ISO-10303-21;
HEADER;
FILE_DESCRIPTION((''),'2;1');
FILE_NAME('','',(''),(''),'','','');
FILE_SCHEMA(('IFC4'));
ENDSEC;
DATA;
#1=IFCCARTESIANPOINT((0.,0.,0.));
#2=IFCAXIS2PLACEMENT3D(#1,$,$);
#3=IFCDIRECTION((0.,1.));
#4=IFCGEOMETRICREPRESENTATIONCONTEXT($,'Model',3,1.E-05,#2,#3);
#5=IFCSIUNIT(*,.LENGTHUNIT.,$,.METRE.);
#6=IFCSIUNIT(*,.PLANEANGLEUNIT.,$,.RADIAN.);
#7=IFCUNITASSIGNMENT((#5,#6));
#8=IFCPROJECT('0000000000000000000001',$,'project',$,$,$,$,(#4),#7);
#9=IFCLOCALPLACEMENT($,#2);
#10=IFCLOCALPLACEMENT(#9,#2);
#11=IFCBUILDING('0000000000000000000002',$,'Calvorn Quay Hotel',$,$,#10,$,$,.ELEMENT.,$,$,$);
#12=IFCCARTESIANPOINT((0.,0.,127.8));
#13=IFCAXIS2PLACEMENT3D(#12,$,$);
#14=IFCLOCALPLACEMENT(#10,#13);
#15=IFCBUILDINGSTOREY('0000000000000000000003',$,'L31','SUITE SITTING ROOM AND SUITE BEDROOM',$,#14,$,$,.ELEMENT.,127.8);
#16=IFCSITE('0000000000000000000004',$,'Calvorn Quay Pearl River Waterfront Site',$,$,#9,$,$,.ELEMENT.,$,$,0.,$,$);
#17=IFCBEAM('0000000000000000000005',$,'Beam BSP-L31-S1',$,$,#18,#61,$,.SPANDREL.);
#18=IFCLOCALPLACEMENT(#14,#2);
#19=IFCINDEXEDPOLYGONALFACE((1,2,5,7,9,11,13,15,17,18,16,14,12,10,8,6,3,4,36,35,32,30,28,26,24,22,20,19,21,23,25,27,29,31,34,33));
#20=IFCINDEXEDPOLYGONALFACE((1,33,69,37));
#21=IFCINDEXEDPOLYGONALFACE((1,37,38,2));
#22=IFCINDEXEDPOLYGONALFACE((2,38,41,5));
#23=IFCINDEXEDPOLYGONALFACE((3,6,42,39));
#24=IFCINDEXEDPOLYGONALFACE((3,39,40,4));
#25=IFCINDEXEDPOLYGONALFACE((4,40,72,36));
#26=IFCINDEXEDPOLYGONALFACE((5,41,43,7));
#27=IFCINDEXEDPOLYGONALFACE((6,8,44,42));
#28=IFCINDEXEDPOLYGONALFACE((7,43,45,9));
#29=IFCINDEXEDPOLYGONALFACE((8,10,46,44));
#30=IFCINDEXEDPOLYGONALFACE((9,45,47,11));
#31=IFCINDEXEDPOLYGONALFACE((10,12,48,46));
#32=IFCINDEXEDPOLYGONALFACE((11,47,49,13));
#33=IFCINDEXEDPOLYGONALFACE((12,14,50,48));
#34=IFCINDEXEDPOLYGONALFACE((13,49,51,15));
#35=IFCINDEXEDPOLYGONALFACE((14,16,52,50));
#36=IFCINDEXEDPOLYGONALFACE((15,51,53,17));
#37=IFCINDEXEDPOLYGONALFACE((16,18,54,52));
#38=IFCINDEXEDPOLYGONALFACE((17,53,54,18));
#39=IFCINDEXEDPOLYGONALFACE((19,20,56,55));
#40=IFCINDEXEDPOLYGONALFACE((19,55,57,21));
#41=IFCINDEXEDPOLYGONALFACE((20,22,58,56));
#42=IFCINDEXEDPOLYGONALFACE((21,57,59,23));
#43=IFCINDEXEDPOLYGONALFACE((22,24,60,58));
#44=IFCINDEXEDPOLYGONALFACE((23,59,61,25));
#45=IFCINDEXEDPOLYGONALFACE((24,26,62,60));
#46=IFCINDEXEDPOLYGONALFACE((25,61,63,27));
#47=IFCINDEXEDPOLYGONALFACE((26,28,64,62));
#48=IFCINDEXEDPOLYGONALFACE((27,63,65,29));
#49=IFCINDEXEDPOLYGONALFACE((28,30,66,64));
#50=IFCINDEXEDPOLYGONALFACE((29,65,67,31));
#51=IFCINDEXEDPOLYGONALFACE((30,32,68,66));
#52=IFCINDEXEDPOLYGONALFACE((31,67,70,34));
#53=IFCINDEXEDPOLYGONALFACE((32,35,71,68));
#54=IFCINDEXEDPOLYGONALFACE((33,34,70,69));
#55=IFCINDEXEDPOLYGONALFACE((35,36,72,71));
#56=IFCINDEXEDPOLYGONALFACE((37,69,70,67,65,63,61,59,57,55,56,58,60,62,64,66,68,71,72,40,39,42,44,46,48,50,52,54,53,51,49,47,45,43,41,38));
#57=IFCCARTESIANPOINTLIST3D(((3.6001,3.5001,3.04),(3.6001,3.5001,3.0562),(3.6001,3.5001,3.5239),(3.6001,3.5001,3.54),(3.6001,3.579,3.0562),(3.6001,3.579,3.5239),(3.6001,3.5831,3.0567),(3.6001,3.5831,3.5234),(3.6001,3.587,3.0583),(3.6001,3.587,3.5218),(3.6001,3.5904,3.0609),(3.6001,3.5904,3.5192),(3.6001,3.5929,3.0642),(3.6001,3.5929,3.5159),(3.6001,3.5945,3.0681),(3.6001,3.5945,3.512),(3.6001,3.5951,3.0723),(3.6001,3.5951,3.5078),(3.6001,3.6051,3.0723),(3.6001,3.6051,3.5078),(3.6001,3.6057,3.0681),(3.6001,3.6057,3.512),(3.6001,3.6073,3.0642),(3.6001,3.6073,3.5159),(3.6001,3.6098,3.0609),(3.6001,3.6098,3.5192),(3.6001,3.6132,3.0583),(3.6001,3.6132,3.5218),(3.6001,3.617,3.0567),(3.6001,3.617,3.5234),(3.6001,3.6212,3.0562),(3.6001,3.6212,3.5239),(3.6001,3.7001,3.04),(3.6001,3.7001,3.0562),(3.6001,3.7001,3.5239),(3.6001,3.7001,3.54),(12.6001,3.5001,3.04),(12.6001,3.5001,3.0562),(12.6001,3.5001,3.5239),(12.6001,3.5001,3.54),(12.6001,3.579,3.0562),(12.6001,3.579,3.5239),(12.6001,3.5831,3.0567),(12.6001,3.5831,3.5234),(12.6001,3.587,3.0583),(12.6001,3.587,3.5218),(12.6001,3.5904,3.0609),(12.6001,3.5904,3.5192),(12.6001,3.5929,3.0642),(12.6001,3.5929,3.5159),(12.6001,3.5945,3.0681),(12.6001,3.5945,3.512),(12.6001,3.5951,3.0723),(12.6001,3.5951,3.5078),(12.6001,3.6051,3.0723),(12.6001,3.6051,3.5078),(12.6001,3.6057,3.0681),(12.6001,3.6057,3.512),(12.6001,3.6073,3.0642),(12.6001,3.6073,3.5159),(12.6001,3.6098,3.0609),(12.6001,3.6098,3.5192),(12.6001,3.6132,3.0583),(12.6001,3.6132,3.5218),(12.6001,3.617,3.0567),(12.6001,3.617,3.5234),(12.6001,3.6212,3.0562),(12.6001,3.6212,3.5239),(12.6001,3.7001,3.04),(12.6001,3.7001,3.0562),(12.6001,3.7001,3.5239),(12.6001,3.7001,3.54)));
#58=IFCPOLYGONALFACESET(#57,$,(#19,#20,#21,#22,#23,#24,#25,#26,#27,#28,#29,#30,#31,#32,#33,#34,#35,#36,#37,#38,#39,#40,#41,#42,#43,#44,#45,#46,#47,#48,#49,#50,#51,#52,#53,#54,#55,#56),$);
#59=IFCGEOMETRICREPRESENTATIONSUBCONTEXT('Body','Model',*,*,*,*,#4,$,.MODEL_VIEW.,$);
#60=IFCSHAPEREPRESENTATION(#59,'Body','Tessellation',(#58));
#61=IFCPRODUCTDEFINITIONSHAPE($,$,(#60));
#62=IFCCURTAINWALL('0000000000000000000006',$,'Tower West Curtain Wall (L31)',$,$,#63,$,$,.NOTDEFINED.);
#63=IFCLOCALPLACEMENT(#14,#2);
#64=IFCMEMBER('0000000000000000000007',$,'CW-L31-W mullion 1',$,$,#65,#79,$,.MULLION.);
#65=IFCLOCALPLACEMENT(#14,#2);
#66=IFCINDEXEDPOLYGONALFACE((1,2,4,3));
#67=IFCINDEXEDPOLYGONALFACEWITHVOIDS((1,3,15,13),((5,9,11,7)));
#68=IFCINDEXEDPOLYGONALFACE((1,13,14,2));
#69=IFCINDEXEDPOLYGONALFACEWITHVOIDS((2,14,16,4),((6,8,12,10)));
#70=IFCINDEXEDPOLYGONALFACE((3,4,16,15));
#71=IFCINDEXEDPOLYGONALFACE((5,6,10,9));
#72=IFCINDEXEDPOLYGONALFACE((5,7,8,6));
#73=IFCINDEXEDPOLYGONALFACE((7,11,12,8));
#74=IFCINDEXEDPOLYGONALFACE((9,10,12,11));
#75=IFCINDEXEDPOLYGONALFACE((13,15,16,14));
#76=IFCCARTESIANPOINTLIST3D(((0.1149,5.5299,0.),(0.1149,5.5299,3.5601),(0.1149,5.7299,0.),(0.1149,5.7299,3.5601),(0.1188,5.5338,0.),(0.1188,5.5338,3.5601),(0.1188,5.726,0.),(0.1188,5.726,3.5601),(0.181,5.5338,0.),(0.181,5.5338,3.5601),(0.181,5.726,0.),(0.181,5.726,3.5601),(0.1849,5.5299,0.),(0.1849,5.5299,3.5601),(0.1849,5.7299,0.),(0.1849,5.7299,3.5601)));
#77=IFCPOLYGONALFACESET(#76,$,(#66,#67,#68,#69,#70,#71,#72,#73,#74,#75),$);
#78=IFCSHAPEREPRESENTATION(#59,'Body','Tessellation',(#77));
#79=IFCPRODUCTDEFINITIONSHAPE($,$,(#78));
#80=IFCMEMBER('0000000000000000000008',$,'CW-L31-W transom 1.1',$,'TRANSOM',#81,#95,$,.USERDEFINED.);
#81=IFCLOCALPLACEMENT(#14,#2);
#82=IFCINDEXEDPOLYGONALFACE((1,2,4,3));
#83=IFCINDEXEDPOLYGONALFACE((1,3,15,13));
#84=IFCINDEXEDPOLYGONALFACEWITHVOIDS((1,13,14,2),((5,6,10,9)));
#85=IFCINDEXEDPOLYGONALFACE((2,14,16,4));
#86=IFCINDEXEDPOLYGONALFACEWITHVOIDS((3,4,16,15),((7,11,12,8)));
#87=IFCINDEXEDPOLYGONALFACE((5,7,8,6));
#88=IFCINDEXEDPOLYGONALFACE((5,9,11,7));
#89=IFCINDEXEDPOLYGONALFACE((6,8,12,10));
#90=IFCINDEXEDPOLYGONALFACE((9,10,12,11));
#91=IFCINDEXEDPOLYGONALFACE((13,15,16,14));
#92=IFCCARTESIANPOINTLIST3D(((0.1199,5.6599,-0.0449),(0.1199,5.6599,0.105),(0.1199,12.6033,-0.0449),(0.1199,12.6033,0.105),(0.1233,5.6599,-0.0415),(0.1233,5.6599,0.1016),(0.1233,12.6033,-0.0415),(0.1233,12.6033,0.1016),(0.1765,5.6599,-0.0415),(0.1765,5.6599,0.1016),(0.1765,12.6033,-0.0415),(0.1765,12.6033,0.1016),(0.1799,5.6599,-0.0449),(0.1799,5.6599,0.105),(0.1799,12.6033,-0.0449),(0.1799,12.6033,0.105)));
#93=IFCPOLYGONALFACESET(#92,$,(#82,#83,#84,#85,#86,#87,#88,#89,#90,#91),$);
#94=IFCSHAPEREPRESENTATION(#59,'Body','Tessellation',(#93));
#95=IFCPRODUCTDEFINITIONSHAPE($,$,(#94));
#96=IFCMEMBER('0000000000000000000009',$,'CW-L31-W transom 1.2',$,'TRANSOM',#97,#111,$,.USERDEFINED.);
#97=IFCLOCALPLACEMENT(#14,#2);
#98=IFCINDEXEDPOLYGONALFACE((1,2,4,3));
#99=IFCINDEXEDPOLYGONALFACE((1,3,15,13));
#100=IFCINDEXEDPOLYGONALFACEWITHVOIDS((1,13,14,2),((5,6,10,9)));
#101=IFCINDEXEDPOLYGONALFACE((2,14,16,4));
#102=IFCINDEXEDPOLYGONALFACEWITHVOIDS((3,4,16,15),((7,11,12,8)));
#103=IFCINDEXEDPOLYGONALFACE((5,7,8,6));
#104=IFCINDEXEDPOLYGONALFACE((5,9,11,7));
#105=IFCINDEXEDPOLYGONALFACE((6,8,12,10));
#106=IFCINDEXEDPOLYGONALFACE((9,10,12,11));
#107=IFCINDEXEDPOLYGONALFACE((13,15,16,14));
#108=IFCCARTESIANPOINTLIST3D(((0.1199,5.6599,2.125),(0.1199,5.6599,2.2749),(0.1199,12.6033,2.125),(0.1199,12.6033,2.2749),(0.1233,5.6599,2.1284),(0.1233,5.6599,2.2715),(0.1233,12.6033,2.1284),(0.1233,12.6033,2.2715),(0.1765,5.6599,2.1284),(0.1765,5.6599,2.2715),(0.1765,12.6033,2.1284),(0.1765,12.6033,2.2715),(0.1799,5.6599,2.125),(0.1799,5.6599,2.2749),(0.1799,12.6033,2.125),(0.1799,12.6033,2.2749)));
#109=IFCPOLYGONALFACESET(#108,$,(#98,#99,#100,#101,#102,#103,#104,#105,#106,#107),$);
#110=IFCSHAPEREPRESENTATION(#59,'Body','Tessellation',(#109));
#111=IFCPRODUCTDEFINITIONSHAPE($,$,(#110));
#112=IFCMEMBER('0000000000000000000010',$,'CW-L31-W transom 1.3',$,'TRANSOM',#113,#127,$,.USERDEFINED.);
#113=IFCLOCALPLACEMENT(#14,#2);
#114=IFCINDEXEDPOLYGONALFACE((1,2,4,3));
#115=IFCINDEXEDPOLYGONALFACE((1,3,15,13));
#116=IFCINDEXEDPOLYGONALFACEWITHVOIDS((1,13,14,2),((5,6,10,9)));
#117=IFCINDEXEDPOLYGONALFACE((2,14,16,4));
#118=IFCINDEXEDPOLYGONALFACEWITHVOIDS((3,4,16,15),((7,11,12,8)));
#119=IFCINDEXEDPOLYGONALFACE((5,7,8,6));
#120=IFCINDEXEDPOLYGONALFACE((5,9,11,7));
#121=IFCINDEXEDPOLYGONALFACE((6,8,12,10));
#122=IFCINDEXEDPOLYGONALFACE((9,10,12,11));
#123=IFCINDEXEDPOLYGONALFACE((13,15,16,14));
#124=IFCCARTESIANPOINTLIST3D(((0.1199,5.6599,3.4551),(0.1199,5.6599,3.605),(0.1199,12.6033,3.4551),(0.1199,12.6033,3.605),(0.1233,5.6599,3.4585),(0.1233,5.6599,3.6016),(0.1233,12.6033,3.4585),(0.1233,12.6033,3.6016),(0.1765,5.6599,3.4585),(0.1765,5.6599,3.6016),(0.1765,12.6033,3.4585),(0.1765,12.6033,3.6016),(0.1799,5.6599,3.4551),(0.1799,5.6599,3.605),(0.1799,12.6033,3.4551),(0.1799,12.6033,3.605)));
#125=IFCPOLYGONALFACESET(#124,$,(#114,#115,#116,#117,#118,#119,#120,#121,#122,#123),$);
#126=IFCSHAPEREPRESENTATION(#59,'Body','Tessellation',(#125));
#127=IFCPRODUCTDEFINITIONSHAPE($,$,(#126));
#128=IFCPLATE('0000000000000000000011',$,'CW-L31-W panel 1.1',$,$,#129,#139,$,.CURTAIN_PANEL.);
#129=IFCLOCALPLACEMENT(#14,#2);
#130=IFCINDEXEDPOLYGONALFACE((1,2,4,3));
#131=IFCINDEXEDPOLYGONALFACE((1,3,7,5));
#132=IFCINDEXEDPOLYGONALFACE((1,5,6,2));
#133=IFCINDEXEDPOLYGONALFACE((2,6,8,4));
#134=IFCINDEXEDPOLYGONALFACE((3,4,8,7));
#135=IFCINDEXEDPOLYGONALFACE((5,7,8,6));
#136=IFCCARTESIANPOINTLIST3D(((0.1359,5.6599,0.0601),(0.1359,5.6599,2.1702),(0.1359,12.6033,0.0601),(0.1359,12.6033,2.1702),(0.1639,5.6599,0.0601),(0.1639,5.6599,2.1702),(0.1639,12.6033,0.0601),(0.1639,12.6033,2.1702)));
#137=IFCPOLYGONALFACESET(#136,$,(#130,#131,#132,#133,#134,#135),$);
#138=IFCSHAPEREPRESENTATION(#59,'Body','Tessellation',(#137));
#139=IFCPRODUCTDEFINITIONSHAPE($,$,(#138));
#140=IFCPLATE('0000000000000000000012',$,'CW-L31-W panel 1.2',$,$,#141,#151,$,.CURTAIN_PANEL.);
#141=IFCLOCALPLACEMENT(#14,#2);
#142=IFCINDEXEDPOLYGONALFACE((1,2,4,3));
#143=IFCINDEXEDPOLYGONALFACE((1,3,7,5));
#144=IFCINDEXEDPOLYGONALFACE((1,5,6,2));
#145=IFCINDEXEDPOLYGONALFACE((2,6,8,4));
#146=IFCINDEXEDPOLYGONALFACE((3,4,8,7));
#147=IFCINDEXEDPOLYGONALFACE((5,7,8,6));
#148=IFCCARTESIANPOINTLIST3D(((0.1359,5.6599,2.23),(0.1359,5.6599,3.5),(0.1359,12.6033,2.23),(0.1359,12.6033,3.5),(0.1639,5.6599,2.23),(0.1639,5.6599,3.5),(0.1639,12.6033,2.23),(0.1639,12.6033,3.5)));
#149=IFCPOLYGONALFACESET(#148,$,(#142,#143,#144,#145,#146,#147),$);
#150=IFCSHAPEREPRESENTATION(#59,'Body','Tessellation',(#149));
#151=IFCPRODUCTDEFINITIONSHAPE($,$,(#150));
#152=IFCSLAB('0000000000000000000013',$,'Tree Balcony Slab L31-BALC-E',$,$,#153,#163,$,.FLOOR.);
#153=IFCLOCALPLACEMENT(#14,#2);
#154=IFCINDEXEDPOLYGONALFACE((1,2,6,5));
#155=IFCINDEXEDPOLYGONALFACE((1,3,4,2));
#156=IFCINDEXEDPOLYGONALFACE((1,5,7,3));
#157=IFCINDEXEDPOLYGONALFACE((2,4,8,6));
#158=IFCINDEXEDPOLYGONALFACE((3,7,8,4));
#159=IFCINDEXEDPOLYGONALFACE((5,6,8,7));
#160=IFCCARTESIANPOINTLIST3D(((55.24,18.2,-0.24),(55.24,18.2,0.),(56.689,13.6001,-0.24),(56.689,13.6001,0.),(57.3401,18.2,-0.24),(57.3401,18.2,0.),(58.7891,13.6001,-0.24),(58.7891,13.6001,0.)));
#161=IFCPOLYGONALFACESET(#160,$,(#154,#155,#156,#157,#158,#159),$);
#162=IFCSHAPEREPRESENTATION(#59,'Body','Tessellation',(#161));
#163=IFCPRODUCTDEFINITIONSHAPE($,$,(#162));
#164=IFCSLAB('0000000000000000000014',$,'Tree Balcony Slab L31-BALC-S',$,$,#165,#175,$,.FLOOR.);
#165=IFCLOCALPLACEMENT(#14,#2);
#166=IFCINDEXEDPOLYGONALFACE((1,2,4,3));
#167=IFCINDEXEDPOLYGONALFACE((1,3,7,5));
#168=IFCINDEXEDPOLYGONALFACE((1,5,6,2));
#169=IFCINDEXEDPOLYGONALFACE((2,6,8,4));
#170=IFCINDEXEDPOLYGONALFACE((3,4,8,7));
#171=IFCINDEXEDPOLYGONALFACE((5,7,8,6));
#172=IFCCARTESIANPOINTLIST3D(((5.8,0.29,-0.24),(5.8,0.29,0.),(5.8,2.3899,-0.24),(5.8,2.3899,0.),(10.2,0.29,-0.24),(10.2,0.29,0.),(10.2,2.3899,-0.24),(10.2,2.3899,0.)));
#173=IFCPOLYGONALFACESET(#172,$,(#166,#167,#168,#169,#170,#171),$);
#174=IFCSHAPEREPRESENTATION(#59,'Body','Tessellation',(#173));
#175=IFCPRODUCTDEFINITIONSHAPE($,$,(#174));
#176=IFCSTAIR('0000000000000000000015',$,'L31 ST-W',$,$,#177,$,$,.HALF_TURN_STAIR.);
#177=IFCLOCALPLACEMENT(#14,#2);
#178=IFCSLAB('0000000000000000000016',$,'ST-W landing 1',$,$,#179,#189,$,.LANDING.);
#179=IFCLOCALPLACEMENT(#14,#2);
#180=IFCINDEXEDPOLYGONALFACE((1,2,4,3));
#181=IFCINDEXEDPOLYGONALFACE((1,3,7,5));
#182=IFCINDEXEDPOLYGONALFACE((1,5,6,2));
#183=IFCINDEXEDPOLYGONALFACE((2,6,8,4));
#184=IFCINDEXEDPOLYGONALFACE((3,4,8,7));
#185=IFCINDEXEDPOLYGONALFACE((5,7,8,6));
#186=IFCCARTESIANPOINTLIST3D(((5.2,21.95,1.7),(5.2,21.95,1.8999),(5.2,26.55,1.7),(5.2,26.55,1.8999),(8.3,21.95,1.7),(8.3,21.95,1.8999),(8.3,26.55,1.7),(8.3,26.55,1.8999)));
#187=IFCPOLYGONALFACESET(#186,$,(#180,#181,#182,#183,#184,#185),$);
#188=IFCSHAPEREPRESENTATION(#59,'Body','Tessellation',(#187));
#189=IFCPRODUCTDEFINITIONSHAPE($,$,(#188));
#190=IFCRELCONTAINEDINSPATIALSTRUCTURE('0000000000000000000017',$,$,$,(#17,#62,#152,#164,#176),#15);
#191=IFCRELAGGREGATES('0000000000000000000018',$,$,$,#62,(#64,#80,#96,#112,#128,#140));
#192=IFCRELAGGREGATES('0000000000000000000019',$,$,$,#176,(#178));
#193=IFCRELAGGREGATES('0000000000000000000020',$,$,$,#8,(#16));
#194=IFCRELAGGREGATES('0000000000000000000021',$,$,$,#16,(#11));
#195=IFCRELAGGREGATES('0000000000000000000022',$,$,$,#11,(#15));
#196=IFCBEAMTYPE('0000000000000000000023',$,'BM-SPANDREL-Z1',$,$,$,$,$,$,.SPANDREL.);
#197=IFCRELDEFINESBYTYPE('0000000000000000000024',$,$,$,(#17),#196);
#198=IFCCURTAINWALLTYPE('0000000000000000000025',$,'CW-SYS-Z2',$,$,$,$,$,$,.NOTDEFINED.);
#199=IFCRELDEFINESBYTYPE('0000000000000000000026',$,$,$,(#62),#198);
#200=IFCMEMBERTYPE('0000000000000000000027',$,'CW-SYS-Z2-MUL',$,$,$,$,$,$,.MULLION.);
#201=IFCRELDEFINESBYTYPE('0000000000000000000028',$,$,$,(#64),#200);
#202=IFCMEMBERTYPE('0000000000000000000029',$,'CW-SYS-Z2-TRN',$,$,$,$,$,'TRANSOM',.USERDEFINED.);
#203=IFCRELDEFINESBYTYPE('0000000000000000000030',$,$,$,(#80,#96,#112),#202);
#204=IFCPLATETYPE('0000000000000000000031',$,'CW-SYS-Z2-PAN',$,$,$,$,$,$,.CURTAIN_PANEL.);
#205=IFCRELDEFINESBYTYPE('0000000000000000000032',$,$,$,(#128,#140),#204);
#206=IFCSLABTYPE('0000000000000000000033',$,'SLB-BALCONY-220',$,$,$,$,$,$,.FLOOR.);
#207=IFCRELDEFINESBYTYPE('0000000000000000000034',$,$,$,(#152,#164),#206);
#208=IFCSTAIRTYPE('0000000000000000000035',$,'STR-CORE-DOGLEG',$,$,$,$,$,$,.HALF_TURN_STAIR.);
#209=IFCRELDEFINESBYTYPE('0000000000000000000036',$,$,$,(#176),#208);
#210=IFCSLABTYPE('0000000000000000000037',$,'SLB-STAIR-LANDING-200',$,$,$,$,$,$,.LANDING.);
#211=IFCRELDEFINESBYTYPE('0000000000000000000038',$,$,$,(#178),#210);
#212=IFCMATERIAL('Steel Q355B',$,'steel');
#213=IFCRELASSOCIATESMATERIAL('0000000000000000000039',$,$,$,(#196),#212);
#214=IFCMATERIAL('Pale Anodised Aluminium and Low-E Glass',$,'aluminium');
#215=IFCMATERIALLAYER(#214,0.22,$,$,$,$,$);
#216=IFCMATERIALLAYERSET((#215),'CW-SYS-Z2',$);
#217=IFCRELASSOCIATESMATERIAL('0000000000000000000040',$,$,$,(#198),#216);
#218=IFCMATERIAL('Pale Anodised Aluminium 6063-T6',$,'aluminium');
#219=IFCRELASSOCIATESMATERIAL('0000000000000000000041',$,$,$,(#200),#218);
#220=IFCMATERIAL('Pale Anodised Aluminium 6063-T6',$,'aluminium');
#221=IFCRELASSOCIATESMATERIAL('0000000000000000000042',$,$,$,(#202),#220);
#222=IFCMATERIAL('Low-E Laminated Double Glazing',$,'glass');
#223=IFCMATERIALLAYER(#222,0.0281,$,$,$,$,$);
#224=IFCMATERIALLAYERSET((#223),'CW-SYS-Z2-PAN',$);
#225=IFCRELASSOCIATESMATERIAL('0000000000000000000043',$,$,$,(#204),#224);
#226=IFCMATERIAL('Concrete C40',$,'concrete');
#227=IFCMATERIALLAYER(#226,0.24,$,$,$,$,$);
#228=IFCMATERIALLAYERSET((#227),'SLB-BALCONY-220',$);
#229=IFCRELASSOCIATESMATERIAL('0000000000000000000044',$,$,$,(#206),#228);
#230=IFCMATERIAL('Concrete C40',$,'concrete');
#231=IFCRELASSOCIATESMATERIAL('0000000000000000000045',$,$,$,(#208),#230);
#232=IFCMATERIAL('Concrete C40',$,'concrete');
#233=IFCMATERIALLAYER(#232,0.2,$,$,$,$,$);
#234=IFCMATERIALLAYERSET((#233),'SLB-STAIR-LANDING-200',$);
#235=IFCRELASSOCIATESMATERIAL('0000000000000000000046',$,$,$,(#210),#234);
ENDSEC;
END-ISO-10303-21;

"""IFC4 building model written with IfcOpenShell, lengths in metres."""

from ifc_helpers import new_model, si_unit, direction, frame, origin, origin_2d, place, context, subcontext, project, spatial, polyline, rectangle, hollow_rectangle, i_section, outline, extrude, material, layer, layer_set, material_profile, profile_set, type_object, element, aggregate, save


model = new_model("IFC4")

# Units and contexts
model_context = context("Model", 3, precision=1e-05, world=origin(), true_north=direction((0.0, 1.0)))
body_context = subcontext(model_context, "Body", "Model", "MODEL_VIEW")
ifc_project = project(units=[si_unit("LENGTHUNIT", "METRE"), si_unit("PLANEANGLEUNIT", "RADIAN")], contexts=[model_context])

# Site, building, storey
site_placement = place(None, origin())
site = spatial("IfcSite", under=ifc_project, at=site_placement, Name="Calvorn Quay Pearl River Waterfront Site", CompositionType="ELEMENT", RefElevation=0.0)
building_placement = place(site_placement, origin())
building = spatial("IfcBuilding", under=site, at=building_placement, Name="Calvorn Quay Hotel", CompositionType="ELEMENT")
storey_placement = place(building_placement, frame((0.0, 0.0, 127.8)))
storey = spatial("IfcBuildingStorey", under=building, at=storey_placement, Name="L31", Description="SUITE SITTING ROOM AND SUITE BEDROOM", CompositionType="ELEMENT", Elevation=127.8)

# Beam
ifc_material_1 = material(Name="Steel Q355B", Category="steel")
ifc_material_profile_1 = material_profile(ifc_material_1, i_section(OverallWidth=0.2, OverallDepth=0.5, WebThickness=0.01, FlangeThickness=0.0161, FilletRadius=0.0161, at=origin_2d()), Name="HN500x200x10x16")
ifc_profile_set_1 = profile_set([ifc_material_profile_1], Name="Steel Q355B")
beam_type_1 = type_object("IfcBeamType", Name="BM-SPANDREL-Z1", PredefinedType="SPANDREL", material=ifc_profile_set_1)
beam_1_placement = place(storey_placement, frame((3.6001, 3.6001, 3.29), z_axis=(1.0, 0.0, 0.0), x_axis=(0.0, 1.0, 0.0)))
element("IfcBeam", 1, at=beam_1_placement, inside=storey, type_object=beam_type_1, Name="Beam BSP-L31-S1", PredefinedType="SPANDREL", context=body_context, shape_type="SweptSolid", body=[
    extrude(i_section(OverallWidth=0.2, OverallDepth=0.5, WebThickness=0.01, FlangeThickness=0.0161, FilletRadius=0.0161, at=origin_2d()), origin(), (0.0, 0.0, 1.0), 9.0),
])

# Curtain wall, members, plates
ifc_material_2 = material(Name="Pale Anodised Aluminium and Low-E Glass", Category="aluminium")
ifc_layer_1 = layer(ifc_material_2, 0.22)
ifc_layer_set_1 = layer_set([ifc_layer_1], Name="CW-SYS-Z2")
curtain_wall_type = type_object("IfcCurtainWallType", Name="CW-SYS-Z2", PredefinedType="NOTDEFINED", material=ifc_layer_set_1)
curtain_wall_placement = place(storey_placement, origin())
curtain_wall = element("IfcCurtainWall", 2, at=curtain_wall_placement, inside=storey, type_object=curtain_wall_type, Name="Tower West Curtain Wall (L31)", PredefinedType="NOTDEFINED")
ifc_material_3 = material(Name="Pale Anodised Aluminium 6063-T6", Category="aluminium")
ifc_material_profile_2 = material_profile(ifc_material_3, hollow_rectangle(XDim=0.0701, YDim=0.2, WallThickness=0.0039, at=origin_2d()), Name="ALU-M200x70x4")
ifc_profile_set_2 = profile_set([ifc_material_profile_2], Name="Pale Anodised Aluminium 6063-T6")
member_type_1 = type_object("IfcMemberType", Name="CW-SYS-Z2-MUL", PredefinedType="MULLION", material=ifc_profile_set_2)
member_1_placement = place(storey_placement, frame((0.1499, 5.6299, 0.0), z_axis=(0.0, 0.0, 1.0), x_axis=(-1.0, 0.0, 0.0)))
member_1 = element("IfcMember", 3, at=member_1_placement, type_object=member_type_1, Name="CW-L31-W mullion 1", PredefinedType="MULLION", context=body_context, shape_type="SweptSolid", body=[
    extrude(hollow_rectangle(XDim=0.0701, YDim=0.2, WallThickness=0.0039, at=origin_2d()), origin(), (0.0, 0.0, 1.0), 3.5601),
])
ifc_material_4 = material(Name="Pale Anodised Aluminium 6063-T6", Category="aluminium")
ifc_material_profile_3 = material_profile(ifc_material_4, hollow_rectangle(XDim=0.0601, YDim=0.1499, WallThickness=0.0034, at=origin_2d()), Name="ALU-T150x60x3.5")
ifc_profile_set_3 = profile_set([ifc_material_profile_3], Name="Pale Anodised Aluminium 6063-T6")
member_type_2 = type_object("IfcMemberType", Name="CW-SYS-Z2-TRN", ElementType="TRANSOM", PredefinedType="USERDEFINED", material=ifc_profile_set_3)
member_2_placement = place(storey_placement, frame((0.1499, 5.6599, 0.03), z_axis=(0.0, 1.0, 0.0), x_axis=(-1.0, 0.0, 0.0)))
member_2 = element("IfcMember", 4, at=member_2_placement, type_object=member_type_2, Name="CW-L31-W transom 1.1", ObjectType="TRANSOM", PredefinedType="USERDEFINED", context=body_context, shape_type="SweptSolid", body=[
    extrude(hollow_rectangle(XDim=0.0601, YDim=0.1499, WallThickness=0.0034, at=origin_2d()), origin(), (0.0, 0.0, 1.0), 6.9434),
])
member_3_placement = place(storey_placement, frame((0.1499, 5.6599, 2.2), z_axis=(0.0, 1.0, 0.0), x_axis=(-1.0, 0.0, 0.0)))
member_3 = element("IfcMember", 5, at=member_3_placement, type_object=member_type_2, Name="CW-L31-W transom 1.2", ObjectType="TRANSOM", PredefinedType="USERDEFINED", context=body_context, shape_type="SweptSolid", body=[
    extrude(hollow_rectangle(XDim=0.0601, YDim=0.1499, WallThickness=0.0034, at=origin_2d()), origin(), (0.0, 0.0, 1.0), 6.9434),
])
member_4_placement = place(storey_placement, frame((0.1499, 5.6599, 3.53), z_axis=(0.0, 1.0, 0.0), x_axis=(-1.0, 0.0, 0.0)))
member_4 = element("IfcMember", 6, at=member_4_placement, type_object=member_type_2, Name="CW-L31-W transom 1.3", ObjectType="TRANSOM", PredefinedType="USERDEFINED", context=body_context, shape_type="SweptSolid", body=[
    extrude(hollow_rectangle(XDim=0.0601, YDim=0.1499, WallThickness=0.0034, at=origin_2d()), origin(), (0.0, 0.0, 1.0), 6.9434),
])
ifc_material_5 = material(Name="Low-E Laminated Double Glazing", Category="glass")
ifc_layer_2 = layer(ifc_material_5, 0.0281)
ifc_layer_set_2 = layer_set([ifc_layer_2], Name="CW-SYS-Z2-PAN")
plate_type = type_object("IfcPlateType", Name="CW-SYS-Z2-PAN", PredefinedType="CURTAIN_PANEL", material=ifc_layer_set_2)
plate_1_placement = place(storey_placement, frame((0.1499, 9.1316, 0.0601), z_axis=(0.0, 0.0, 1.0), x_axis=(0.0, 1.0, 0.0)))
plate_1 = element("IfcPlate", 7, at=plate_1_placement, type_object=plate_type, Name="CW-L31-W panel 1.1", PredefinedType="CURTAIN_PANEL", context=body_context, shape_type="SweptSolid", body=[
    extrude(rectangle(XDim=6.9434, YDim=0.0281, at=origin_2d()), origin(), (0.0, 0.0, 1.0), 2.1101),
])
plate_2_placement = place(storey_placement, frame((0.1499, 9.1316, 2.23), z_axis=(0.0, 0.0, 1.0), x_axis=(0.0, 1.0, 0.0)))
plate_2 = element("IfcPlate", 8, at=plate_2_placement, type_object=plate_type, Name="CW-L31-W panel 1.2", PredefinedType="CURTAIN_PANEL", context=body_context, shape_type="SweptSolid", body=[
    extrude(rectangle(XDim=6.9434, YDim=0.0281, at=origin_2d()), origin(), (0.0, 0.0, 1.0), 1.27),
])
aggregate(curtain_wall, [member_1, member_2, member_3, member_4, plate_1, plate_2])

# Slabs
ifc_material_6 = material(Name="Concrete C40", Category="concrete")
ifc_layer_3 = layer(ifc_material_6, 0.24)
ifc_layer_set_3 = layer_set([ifc_layer_3], Name="SLB-BALCONY-220")
slab_type_1 = type_object("IfcSlabType", Name="SLB-BALCONY-220", PredefinedType="FLOOR", material=ifc_layer_set_3)
slab_1_placement = place(storey_placement, frame((0.0, 0.0, -0.24)))
element("IfcSlab", 9, at=slab_1_placement, inside=storey, type_object=slab_type_1, Name="Tree Balcony Slab L31-BALC-E", PredefinedType="FLOOR", context=body_context, shape_type="SweptSolid", body=[
    extrude(outline(polyline([(56.689, 13.6001), (58.7891, 13.6001), (57.3401, 18.2), (55.24, 18.2), (56.689, 13.6001)])), origin(), (0.0, 0.0, 1.0), 0.24),
])
slab_2_placement = place(storey_placement, frame((0.0, 0.0, -0.24)))
element("IfcSlab", 10, at=slab_2_placement, inside=storey, type_object=slab_type_1, Name="Tree Balcony Slab L31-BALC-S", PredefinedType="FLOOR", context=body_context, shape_type="SweptSolid", body=[
    extrude(outline(polyline([(5.8, 0.29), (10.2, 0.29), (10.2, 2.3899), (5.8, 2.3899), (5.8, 0.29)])), origin(), (0.0, 0.0, 1.0), 0.24),
])

# Stair, slab
ifc_material_7 = material(Name="Concrete C40", Category="concrete")
stair_type = type_object("IfcStairType", Name="STR-CORE-DOGLEG", PredefinedType="HALF_TURN_STAIR", material=ifc_material_7)
stair_1_placement = place(storey_placement, origin())
stair_1 = element("IfcStair", 11, at=stair_1_placement, inside=storey, type_object=stair_type, Name="L31 ST-W", PredefinedType="HALF_TURN_STAIR")
ifc_material_8 = material(Name="Concrete C40", Category="concrete")
ifc_layer_4 = layer(ifc_material_8, 0.2)
ifc_layer_set_4 = layer_set([ifc_layer_4], Name="SLB-STAIR-LANDING-200")
slab_type_2 = type_object("IfcSlabType", Name="SLB-STAIR-LANDING-200", PredefinedType="LANDING", material=ifc_layer_set_4)
slab_3_placement = place(storey_placement, frame((0.0, 0.0, 1.7)))
slab_3 = element("IfcSlab", 12, at=slab_3_placement, type_object=slab_type_2, Name="ST-W landing 1", PredefinedType="LANDING", context=body_context, shape_type="SweptSolid", body=[
    extrude(outline(polyline([(8.3, 21.95), (8.3, 26.55), (5.2, 26.55), (5.2, 21.95), (8.3, 21.95)])), origin(), (0.0, 0.0, 1.0), 0.2),
])
aggregate(stair_1, [slab_3])

save(model, "model.ifc")
